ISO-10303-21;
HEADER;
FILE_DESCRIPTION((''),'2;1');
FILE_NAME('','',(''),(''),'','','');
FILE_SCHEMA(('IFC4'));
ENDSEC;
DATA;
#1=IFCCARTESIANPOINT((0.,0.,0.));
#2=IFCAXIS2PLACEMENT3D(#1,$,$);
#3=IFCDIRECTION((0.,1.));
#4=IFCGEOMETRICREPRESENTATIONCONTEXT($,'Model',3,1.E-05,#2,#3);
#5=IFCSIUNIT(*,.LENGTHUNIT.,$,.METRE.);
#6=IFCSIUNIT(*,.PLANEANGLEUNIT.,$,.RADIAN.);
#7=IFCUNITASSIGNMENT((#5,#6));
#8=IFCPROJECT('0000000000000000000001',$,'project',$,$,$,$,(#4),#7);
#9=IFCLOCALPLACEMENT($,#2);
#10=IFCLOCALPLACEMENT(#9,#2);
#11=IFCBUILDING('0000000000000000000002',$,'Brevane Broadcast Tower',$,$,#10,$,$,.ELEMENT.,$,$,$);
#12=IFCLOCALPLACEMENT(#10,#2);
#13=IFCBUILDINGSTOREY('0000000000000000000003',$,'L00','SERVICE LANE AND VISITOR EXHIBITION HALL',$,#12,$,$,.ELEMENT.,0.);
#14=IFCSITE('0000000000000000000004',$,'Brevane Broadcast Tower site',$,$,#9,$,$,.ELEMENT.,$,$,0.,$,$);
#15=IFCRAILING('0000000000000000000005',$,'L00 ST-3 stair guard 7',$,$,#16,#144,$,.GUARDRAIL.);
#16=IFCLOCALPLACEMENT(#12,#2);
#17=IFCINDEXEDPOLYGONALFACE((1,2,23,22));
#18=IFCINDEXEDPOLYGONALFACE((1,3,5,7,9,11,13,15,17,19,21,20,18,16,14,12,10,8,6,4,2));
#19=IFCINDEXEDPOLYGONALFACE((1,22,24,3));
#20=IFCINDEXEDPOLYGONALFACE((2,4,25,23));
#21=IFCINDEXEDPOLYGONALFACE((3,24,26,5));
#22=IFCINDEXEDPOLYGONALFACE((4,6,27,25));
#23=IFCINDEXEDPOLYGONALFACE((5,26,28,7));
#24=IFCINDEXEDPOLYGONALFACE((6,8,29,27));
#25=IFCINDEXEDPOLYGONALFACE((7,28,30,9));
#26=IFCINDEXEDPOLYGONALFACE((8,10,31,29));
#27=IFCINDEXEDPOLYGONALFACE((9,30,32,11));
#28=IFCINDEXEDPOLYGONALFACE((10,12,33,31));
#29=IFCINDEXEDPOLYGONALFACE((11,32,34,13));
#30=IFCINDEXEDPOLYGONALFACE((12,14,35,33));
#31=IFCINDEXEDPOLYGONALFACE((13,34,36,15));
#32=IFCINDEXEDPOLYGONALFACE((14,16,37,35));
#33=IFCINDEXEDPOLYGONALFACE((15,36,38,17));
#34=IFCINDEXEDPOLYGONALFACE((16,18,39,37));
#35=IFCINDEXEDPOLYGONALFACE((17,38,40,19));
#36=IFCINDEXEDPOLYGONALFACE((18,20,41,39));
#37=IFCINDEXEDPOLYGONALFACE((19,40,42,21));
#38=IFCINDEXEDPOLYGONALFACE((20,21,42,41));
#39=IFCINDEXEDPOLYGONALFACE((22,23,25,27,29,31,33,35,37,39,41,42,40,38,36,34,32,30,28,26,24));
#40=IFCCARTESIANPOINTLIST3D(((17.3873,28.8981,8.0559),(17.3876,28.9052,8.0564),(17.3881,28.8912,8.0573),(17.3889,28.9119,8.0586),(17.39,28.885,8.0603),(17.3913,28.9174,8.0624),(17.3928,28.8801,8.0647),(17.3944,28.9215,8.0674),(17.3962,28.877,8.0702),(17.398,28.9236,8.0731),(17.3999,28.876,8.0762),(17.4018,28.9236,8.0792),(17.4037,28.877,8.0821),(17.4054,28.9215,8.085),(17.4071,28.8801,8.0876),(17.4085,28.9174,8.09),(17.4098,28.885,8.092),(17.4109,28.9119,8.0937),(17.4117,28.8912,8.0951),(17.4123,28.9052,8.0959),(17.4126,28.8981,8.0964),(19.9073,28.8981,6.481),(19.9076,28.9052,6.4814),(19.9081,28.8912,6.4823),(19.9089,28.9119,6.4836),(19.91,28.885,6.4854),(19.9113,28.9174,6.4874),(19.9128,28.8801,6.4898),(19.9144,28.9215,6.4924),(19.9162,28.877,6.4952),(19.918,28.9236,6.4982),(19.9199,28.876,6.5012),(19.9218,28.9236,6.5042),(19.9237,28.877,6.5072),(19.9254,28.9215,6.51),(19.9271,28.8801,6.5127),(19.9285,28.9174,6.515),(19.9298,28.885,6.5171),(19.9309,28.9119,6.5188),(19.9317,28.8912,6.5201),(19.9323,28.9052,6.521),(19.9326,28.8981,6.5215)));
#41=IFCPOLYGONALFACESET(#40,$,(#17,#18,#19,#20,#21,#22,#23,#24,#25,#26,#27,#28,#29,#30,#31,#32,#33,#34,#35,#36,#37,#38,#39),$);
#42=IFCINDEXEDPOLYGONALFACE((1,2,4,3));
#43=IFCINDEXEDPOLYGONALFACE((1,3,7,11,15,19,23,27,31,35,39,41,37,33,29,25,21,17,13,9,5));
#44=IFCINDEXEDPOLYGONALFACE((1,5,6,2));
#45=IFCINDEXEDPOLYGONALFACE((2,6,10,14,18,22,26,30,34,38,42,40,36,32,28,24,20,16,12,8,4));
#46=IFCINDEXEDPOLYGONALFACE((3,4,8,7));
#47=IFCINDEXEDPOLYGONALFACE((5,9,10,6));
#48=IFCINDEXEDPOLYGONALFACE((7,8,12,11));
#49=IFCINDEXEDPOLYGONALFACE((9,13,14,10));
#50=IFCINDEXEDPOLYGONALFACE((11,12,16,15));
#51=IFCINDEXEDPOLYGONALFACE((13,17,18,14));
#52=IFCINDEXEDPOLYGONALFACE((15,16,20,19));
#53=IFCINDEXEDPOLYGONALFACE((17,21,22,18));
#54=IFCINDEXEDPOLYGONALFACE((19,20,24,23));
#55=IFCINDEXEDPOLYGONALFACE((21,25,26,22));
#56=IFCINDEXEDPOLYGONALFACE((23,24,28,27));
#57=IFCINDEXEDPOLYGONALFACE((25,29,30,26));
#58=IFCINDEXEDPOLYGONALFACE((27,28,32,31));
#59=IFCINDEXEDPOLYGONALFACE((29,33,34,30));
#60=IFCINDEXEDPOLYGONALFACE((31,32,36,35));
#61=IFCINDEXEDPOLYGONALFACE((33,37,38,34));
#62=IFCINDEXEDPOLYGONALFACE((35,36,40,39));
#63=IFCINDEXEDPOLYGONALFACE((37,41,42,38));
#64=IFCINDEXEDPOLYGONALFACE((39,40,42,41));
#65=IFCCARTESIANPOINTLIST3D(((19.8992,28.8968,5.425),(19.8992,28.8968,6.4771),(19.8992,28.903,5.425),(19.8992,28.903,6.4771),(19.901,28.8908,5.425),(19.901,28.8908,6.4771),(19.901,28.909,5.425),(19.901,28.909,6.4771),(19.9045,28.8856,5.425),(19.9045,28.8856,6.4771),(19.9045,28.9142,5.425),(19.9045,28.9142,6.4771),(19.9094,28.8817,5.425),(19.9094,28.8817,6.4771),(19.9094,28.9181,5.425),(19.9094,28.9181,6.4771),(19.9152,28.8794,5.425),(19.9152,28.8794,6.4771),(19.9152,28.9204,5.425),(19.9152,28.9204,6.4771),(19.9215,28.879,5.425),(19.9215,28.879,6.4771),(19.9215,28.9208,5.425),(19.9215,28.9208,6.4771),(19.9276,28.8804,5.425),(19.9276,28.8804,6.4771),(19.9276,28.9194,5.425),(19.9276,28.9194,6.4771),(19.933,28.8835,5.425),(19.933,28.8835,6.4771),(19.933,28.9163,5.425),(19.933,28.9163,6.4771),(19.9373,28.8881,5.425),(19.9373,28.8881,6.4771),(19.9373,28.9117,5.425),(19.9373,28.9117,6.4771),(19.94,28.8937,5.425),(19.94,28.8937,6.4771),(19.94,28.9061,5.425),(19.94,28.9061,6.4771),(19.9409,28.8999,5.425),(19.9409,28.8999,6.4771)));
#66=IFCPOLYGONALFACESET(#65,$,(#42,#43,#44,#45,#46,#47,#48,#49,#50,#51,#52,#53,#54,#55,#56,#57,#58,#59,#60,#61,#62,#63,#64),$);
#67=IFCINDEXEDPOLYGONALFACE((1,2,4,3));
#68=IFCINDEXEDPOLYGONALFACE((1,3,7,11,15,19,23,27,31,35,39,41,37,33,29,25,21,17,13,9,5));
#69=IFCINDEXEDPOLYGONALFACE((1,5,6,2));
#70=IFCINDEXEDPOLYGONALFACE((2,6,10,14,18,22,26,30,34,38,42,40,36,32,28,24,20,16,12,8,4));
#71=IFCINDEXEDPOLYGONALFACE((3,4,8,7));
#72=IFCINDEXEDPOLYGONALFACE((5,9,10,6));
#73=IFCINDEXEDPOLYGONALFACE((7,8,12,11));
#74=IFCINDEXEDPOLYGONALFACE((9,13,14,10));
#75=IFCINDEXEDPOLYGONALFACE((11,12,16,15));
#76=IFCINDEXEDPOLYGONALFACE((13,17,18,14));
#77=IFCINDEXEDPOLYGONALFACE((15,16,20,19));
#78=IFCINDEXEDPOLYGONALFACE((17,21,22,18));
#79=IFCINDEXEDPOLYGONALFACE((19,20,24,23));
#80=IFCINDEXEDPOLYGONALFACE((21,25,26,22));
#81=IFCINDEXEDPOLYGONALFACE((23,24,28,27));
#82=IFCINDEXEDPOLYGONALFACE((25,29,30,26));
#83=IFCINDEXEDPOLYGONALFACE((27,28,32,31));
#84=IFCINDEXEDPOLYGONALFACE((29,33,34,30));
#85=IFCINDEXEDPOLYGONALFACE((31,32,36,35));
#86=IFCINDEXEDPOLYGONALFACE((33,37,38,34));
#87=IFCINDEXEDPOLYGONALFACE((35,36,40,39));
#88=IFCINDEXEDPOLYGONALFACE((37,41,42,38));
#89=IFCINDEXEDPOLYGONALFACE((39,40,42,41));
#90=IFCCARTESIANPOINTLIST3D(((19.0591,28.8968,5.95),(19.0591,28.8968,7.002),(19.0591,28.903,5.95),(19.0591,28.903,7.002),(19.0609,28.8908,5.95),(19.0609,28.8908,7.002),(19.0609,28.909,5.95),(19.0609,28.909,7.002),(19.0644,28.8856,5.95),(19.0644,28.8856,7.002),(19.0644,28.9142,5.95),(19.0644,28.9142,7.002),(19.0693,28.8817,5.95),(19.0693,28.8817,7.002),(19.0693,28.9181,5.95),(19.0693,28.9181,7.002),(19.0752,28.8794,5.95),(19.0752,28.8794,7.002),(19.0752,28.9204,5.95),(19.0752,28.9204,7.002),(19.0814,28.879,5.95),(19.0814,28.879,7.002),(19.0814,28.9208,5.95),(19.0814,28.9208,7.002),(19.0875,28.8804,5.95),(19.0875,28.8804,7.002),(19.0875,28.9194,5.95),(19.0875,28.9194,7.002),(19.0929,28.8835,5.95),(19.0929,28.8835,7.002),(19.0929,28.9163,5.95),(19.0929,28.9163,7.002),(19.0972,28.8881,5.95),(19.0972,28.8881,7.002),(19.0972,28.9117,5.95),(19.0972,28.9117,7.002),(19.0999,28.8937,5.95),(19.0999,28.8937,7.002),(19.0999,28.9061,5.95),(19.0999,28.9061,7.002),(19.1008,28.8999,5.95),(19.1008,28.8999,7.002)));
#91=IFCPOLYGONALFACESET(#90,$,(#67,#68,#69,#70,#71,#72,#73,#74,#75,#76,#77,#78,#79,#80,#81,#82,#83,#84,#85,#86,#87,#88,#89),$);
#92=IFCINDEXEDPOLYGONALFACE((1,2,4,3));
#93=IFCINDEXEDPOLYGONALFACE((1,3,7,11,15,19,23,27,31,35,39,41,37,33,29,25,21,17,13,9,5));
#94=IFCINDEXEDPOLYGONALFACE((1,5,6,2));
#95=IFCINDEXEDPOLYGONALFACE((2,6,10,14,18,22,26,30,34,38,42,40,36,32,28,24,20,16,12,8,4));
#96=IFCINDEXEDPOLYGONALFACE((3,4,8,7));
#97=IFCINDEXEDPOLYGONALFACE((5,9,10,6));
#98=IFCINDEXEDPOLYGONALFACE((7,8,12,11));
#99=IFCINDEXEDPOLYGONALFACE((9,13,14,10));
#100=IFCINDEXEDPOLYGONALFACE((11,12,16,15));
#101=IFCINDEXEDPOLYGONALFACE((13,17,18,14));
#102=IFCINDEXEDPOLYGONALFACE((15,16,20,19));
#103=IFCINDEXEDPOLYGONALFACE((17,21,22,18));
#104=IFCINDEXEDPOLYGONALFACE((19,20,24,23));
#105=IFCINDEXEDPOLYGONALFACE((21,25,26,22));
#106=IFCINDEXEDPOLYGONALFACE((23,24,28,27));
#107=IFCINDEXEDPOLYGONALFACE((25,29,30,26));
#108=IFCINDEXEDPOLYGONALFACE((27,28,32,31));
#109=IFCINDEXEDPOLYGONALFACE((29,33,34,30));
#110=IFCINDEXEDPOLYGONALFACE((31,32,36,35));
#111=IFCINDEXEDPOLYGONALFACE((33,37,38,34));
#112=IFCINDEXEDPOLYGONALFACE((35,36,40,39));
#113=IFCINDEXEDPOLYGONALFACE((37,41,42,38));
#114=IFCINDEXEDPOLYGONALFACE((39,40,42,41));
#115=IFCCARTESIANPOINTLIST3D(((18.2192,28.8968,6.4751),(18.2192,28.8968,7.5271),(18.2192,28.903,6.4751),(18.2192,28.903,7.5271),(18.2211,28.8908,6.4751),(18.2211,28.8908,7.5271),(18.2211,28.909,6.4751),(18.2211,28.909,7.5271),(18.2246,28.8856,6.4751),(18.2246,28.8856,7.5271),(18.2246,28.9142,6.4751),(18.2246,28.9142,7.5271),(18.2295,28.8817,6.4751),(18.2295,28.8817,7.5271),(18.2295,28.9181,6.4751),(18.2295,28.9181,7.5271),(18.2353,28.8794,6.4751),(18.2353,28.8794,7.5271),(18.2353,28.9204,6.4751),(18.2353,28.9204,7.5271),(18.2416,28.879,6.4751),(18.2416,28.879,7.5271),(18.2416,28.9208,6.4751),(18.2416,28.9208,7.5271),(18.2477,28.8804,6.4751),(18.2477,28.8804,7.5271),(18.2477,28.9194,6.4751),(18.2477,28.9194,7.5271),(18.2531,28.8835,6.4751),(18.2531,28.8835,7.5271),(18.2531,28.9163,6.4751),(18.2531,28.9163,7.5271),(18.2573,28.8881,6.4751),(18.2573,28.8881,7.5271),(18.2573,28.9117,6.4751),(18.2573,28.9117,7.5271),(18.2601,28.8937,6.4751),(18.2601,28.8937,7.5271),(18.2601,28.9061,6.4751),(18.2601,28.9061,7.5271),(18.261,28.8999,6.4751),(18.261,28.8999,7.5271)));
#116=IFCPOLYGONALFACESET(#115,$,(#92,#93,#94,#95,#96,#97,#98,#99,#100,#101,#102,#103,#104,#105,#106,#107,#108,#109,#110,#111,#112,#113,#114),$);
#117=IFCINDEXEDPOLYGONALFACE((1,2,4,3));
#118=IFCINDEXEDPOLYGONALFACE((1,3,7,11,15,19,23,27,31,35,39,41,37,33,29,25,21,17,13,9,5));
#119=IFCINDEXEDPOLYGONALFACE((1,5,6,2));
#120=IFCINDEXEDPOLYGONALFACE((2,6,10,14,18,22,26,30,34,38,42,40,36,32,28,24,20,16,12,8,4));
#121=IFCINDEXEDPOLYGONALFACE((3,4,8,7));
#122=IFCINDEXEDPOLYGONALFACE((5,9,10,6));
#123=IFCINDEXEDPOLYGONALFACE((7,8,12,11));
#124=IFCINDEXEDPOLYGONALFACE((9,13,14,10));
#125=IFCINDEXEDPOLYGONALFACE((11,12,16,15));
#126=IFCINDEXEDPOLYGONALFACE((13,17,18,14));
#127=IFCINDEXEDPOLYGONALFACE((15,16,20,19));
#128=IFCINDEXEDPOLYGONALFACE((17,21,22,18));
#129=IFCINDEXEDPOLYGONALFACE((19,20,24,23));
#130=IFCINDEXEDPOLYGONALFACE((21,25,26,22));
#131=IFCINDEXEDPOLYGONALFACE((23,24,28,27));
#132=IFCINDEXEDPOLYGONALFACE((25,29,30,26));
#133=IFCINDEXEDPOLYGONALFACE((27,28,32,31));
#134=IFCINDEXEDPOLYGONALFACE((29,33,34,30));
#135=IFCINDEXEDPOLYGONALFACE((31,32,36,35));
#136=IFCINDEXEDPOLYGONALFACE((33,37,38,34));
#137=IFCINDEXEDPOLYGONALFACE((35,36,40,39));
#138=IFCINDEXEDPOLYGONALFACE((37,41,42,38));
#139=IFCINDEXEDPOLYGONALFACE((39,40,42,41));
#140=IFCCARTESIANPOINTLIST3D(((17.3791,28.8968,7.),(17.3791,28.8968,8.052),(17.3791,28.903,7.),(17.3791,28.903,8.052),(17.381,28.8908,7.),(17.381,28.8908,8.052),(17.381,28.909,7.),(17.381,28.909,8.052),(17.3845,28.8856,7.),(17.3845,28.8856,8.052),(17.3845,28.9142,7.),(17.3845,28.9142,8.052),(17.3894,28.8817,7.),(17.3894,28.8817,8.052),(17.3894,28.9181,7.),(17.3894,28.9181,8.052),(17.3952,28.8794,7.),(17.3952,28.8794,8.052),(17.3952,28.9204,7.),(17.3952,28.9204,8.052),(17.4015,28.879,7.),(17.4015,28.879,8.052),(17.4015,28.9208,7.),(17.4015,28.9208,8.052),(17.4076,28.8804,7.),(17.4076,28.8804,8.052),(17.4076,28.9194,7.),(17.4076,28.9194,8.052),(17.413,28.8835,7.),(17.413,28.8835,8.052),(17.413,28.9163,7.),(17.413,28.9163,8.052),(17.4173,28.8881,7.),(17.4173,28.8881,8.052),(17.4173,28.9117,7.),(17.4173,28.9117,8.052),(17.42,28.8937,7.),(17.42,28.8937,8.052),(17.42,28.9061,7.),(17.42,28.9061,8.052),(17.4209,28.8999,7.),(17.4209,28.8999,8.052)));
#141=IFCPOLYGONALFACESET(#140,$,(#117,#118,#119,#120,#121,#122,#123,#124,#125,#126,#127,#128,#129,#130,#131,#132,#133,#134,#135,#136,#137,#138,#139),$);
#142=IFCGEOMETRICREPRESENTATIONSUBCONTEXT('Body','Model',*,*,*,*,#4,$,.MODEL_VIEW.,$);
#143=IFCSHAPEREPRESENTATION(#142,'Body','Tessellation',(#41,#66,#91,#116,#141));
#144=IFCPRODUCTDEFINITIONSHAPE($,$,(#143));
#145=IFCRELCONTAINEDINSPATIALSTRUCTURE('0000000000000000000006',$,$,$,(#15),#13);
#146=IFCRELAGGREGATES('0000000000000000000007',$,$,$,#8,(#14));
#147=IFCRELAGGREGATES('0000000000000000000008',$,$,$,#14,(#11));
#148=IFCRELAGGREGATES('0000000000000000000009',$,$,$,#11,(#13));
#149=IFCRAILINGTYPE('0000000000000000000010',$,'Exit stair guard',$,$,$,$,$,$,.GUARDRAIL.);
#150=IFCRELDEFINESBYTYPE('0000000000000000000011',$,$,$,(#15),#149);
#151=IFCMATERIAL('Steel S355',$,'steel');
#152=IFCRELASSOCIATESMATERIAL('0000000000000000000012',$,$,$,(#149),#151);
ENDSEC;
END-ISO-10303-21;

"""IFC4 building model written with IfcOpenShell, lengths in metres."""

from ifc_helpers import new_model, si_unit, direction, frame, origin, origin_2d, place, context, subcontext, project, spatial, circle, extrude, material, type_object, element, save


model = new_model("IFC4")

# Units and contexts
model_context = context("Model", 3, precision=1e-05, world=origin(), true_north=direction((0.0, 1.0)))
body_context = subcontext(model_context, "Body", "Model", "MODEL_VIEW")
ifc_project = project(units=[si_unit("LENGTHUNIT", "METRE"), si_unit("PLANEANGLEUNIT", "RADIAN")], contexts=[model_context])

# Site, building, storey
site_placement = place(None, origin())
site = spatial("IfcSite", under=ifc_project, at=site_placement, Name="Brevane Broadcast Tower site", CompositionType="ELEMENT", RefElevation=0.0)
building_placement = place(site_placement, origin())
building = spatial("IfcBuilding", under=site, at=building_placement, Name="Brevane Broadcast Tower", CompositionType="ELEMENT")
storey_placement = place(building_placement, origin())
storey = spatial("IfcBuildingStorey", under=building, at=storey_placement, Name="L00", Description="SERVICE LANE AND VISITOR EXHIBITION HALL", CompositionType="ELEMENT", Elevation=0.0)

# Railing
ifc_material_1 = material(Name="Steel S355", Category="steel")
railing_type_1 = type_object("IfcRailingType", Name="Exit stair guard", PredefinedType="GUARDRAIL", material=ifc_material_1)
railing_1_placement = place(storey_placement, frame((19.9199, 28.8999, 5.425)))
element("IfcRailing", 1, at=railing_1_placement, inside=storey, type_object=railing_type_1, Name="L00 ST-3 stair guard 7", PredefinedType="GUARDRAIL", context=body_context, shape_type="SweptSolid", body=[
    extrude(circle(Radius=0.0239, at=origin_2d()), frame((0.0, 0.0, 1.0762), z_axis=(-0.848008, 0.0, 0.529984), x_axis=(0.0, -1.0, 0.0)), (0.0, 0.0, 1.0), 2.9717),
    extrude(circle(Radius=0.021, at=origin_2d()), origin(), (0.0, 0.0, 1.0), 1.052),
    extrude(circle(Radius=0.021, at=origin_2d()), frame((-0.8401, 0.0, 0.5249)), (0.0, 0.0, 1.0), 1.052),
    extrude(circle(Radius=0.021, at=origin_2d()), frame((-1.6799, 0.0, 1.05)), (0.0, 0.0, 1.0), 1.052),
    extrude(circle(Radius=0.021, at=origin_2d()), frame((-2.52, 0.0, 1.575)), (0.0, 0.0, 1.0), 1.052),
])

save(model, "model.ifc")
